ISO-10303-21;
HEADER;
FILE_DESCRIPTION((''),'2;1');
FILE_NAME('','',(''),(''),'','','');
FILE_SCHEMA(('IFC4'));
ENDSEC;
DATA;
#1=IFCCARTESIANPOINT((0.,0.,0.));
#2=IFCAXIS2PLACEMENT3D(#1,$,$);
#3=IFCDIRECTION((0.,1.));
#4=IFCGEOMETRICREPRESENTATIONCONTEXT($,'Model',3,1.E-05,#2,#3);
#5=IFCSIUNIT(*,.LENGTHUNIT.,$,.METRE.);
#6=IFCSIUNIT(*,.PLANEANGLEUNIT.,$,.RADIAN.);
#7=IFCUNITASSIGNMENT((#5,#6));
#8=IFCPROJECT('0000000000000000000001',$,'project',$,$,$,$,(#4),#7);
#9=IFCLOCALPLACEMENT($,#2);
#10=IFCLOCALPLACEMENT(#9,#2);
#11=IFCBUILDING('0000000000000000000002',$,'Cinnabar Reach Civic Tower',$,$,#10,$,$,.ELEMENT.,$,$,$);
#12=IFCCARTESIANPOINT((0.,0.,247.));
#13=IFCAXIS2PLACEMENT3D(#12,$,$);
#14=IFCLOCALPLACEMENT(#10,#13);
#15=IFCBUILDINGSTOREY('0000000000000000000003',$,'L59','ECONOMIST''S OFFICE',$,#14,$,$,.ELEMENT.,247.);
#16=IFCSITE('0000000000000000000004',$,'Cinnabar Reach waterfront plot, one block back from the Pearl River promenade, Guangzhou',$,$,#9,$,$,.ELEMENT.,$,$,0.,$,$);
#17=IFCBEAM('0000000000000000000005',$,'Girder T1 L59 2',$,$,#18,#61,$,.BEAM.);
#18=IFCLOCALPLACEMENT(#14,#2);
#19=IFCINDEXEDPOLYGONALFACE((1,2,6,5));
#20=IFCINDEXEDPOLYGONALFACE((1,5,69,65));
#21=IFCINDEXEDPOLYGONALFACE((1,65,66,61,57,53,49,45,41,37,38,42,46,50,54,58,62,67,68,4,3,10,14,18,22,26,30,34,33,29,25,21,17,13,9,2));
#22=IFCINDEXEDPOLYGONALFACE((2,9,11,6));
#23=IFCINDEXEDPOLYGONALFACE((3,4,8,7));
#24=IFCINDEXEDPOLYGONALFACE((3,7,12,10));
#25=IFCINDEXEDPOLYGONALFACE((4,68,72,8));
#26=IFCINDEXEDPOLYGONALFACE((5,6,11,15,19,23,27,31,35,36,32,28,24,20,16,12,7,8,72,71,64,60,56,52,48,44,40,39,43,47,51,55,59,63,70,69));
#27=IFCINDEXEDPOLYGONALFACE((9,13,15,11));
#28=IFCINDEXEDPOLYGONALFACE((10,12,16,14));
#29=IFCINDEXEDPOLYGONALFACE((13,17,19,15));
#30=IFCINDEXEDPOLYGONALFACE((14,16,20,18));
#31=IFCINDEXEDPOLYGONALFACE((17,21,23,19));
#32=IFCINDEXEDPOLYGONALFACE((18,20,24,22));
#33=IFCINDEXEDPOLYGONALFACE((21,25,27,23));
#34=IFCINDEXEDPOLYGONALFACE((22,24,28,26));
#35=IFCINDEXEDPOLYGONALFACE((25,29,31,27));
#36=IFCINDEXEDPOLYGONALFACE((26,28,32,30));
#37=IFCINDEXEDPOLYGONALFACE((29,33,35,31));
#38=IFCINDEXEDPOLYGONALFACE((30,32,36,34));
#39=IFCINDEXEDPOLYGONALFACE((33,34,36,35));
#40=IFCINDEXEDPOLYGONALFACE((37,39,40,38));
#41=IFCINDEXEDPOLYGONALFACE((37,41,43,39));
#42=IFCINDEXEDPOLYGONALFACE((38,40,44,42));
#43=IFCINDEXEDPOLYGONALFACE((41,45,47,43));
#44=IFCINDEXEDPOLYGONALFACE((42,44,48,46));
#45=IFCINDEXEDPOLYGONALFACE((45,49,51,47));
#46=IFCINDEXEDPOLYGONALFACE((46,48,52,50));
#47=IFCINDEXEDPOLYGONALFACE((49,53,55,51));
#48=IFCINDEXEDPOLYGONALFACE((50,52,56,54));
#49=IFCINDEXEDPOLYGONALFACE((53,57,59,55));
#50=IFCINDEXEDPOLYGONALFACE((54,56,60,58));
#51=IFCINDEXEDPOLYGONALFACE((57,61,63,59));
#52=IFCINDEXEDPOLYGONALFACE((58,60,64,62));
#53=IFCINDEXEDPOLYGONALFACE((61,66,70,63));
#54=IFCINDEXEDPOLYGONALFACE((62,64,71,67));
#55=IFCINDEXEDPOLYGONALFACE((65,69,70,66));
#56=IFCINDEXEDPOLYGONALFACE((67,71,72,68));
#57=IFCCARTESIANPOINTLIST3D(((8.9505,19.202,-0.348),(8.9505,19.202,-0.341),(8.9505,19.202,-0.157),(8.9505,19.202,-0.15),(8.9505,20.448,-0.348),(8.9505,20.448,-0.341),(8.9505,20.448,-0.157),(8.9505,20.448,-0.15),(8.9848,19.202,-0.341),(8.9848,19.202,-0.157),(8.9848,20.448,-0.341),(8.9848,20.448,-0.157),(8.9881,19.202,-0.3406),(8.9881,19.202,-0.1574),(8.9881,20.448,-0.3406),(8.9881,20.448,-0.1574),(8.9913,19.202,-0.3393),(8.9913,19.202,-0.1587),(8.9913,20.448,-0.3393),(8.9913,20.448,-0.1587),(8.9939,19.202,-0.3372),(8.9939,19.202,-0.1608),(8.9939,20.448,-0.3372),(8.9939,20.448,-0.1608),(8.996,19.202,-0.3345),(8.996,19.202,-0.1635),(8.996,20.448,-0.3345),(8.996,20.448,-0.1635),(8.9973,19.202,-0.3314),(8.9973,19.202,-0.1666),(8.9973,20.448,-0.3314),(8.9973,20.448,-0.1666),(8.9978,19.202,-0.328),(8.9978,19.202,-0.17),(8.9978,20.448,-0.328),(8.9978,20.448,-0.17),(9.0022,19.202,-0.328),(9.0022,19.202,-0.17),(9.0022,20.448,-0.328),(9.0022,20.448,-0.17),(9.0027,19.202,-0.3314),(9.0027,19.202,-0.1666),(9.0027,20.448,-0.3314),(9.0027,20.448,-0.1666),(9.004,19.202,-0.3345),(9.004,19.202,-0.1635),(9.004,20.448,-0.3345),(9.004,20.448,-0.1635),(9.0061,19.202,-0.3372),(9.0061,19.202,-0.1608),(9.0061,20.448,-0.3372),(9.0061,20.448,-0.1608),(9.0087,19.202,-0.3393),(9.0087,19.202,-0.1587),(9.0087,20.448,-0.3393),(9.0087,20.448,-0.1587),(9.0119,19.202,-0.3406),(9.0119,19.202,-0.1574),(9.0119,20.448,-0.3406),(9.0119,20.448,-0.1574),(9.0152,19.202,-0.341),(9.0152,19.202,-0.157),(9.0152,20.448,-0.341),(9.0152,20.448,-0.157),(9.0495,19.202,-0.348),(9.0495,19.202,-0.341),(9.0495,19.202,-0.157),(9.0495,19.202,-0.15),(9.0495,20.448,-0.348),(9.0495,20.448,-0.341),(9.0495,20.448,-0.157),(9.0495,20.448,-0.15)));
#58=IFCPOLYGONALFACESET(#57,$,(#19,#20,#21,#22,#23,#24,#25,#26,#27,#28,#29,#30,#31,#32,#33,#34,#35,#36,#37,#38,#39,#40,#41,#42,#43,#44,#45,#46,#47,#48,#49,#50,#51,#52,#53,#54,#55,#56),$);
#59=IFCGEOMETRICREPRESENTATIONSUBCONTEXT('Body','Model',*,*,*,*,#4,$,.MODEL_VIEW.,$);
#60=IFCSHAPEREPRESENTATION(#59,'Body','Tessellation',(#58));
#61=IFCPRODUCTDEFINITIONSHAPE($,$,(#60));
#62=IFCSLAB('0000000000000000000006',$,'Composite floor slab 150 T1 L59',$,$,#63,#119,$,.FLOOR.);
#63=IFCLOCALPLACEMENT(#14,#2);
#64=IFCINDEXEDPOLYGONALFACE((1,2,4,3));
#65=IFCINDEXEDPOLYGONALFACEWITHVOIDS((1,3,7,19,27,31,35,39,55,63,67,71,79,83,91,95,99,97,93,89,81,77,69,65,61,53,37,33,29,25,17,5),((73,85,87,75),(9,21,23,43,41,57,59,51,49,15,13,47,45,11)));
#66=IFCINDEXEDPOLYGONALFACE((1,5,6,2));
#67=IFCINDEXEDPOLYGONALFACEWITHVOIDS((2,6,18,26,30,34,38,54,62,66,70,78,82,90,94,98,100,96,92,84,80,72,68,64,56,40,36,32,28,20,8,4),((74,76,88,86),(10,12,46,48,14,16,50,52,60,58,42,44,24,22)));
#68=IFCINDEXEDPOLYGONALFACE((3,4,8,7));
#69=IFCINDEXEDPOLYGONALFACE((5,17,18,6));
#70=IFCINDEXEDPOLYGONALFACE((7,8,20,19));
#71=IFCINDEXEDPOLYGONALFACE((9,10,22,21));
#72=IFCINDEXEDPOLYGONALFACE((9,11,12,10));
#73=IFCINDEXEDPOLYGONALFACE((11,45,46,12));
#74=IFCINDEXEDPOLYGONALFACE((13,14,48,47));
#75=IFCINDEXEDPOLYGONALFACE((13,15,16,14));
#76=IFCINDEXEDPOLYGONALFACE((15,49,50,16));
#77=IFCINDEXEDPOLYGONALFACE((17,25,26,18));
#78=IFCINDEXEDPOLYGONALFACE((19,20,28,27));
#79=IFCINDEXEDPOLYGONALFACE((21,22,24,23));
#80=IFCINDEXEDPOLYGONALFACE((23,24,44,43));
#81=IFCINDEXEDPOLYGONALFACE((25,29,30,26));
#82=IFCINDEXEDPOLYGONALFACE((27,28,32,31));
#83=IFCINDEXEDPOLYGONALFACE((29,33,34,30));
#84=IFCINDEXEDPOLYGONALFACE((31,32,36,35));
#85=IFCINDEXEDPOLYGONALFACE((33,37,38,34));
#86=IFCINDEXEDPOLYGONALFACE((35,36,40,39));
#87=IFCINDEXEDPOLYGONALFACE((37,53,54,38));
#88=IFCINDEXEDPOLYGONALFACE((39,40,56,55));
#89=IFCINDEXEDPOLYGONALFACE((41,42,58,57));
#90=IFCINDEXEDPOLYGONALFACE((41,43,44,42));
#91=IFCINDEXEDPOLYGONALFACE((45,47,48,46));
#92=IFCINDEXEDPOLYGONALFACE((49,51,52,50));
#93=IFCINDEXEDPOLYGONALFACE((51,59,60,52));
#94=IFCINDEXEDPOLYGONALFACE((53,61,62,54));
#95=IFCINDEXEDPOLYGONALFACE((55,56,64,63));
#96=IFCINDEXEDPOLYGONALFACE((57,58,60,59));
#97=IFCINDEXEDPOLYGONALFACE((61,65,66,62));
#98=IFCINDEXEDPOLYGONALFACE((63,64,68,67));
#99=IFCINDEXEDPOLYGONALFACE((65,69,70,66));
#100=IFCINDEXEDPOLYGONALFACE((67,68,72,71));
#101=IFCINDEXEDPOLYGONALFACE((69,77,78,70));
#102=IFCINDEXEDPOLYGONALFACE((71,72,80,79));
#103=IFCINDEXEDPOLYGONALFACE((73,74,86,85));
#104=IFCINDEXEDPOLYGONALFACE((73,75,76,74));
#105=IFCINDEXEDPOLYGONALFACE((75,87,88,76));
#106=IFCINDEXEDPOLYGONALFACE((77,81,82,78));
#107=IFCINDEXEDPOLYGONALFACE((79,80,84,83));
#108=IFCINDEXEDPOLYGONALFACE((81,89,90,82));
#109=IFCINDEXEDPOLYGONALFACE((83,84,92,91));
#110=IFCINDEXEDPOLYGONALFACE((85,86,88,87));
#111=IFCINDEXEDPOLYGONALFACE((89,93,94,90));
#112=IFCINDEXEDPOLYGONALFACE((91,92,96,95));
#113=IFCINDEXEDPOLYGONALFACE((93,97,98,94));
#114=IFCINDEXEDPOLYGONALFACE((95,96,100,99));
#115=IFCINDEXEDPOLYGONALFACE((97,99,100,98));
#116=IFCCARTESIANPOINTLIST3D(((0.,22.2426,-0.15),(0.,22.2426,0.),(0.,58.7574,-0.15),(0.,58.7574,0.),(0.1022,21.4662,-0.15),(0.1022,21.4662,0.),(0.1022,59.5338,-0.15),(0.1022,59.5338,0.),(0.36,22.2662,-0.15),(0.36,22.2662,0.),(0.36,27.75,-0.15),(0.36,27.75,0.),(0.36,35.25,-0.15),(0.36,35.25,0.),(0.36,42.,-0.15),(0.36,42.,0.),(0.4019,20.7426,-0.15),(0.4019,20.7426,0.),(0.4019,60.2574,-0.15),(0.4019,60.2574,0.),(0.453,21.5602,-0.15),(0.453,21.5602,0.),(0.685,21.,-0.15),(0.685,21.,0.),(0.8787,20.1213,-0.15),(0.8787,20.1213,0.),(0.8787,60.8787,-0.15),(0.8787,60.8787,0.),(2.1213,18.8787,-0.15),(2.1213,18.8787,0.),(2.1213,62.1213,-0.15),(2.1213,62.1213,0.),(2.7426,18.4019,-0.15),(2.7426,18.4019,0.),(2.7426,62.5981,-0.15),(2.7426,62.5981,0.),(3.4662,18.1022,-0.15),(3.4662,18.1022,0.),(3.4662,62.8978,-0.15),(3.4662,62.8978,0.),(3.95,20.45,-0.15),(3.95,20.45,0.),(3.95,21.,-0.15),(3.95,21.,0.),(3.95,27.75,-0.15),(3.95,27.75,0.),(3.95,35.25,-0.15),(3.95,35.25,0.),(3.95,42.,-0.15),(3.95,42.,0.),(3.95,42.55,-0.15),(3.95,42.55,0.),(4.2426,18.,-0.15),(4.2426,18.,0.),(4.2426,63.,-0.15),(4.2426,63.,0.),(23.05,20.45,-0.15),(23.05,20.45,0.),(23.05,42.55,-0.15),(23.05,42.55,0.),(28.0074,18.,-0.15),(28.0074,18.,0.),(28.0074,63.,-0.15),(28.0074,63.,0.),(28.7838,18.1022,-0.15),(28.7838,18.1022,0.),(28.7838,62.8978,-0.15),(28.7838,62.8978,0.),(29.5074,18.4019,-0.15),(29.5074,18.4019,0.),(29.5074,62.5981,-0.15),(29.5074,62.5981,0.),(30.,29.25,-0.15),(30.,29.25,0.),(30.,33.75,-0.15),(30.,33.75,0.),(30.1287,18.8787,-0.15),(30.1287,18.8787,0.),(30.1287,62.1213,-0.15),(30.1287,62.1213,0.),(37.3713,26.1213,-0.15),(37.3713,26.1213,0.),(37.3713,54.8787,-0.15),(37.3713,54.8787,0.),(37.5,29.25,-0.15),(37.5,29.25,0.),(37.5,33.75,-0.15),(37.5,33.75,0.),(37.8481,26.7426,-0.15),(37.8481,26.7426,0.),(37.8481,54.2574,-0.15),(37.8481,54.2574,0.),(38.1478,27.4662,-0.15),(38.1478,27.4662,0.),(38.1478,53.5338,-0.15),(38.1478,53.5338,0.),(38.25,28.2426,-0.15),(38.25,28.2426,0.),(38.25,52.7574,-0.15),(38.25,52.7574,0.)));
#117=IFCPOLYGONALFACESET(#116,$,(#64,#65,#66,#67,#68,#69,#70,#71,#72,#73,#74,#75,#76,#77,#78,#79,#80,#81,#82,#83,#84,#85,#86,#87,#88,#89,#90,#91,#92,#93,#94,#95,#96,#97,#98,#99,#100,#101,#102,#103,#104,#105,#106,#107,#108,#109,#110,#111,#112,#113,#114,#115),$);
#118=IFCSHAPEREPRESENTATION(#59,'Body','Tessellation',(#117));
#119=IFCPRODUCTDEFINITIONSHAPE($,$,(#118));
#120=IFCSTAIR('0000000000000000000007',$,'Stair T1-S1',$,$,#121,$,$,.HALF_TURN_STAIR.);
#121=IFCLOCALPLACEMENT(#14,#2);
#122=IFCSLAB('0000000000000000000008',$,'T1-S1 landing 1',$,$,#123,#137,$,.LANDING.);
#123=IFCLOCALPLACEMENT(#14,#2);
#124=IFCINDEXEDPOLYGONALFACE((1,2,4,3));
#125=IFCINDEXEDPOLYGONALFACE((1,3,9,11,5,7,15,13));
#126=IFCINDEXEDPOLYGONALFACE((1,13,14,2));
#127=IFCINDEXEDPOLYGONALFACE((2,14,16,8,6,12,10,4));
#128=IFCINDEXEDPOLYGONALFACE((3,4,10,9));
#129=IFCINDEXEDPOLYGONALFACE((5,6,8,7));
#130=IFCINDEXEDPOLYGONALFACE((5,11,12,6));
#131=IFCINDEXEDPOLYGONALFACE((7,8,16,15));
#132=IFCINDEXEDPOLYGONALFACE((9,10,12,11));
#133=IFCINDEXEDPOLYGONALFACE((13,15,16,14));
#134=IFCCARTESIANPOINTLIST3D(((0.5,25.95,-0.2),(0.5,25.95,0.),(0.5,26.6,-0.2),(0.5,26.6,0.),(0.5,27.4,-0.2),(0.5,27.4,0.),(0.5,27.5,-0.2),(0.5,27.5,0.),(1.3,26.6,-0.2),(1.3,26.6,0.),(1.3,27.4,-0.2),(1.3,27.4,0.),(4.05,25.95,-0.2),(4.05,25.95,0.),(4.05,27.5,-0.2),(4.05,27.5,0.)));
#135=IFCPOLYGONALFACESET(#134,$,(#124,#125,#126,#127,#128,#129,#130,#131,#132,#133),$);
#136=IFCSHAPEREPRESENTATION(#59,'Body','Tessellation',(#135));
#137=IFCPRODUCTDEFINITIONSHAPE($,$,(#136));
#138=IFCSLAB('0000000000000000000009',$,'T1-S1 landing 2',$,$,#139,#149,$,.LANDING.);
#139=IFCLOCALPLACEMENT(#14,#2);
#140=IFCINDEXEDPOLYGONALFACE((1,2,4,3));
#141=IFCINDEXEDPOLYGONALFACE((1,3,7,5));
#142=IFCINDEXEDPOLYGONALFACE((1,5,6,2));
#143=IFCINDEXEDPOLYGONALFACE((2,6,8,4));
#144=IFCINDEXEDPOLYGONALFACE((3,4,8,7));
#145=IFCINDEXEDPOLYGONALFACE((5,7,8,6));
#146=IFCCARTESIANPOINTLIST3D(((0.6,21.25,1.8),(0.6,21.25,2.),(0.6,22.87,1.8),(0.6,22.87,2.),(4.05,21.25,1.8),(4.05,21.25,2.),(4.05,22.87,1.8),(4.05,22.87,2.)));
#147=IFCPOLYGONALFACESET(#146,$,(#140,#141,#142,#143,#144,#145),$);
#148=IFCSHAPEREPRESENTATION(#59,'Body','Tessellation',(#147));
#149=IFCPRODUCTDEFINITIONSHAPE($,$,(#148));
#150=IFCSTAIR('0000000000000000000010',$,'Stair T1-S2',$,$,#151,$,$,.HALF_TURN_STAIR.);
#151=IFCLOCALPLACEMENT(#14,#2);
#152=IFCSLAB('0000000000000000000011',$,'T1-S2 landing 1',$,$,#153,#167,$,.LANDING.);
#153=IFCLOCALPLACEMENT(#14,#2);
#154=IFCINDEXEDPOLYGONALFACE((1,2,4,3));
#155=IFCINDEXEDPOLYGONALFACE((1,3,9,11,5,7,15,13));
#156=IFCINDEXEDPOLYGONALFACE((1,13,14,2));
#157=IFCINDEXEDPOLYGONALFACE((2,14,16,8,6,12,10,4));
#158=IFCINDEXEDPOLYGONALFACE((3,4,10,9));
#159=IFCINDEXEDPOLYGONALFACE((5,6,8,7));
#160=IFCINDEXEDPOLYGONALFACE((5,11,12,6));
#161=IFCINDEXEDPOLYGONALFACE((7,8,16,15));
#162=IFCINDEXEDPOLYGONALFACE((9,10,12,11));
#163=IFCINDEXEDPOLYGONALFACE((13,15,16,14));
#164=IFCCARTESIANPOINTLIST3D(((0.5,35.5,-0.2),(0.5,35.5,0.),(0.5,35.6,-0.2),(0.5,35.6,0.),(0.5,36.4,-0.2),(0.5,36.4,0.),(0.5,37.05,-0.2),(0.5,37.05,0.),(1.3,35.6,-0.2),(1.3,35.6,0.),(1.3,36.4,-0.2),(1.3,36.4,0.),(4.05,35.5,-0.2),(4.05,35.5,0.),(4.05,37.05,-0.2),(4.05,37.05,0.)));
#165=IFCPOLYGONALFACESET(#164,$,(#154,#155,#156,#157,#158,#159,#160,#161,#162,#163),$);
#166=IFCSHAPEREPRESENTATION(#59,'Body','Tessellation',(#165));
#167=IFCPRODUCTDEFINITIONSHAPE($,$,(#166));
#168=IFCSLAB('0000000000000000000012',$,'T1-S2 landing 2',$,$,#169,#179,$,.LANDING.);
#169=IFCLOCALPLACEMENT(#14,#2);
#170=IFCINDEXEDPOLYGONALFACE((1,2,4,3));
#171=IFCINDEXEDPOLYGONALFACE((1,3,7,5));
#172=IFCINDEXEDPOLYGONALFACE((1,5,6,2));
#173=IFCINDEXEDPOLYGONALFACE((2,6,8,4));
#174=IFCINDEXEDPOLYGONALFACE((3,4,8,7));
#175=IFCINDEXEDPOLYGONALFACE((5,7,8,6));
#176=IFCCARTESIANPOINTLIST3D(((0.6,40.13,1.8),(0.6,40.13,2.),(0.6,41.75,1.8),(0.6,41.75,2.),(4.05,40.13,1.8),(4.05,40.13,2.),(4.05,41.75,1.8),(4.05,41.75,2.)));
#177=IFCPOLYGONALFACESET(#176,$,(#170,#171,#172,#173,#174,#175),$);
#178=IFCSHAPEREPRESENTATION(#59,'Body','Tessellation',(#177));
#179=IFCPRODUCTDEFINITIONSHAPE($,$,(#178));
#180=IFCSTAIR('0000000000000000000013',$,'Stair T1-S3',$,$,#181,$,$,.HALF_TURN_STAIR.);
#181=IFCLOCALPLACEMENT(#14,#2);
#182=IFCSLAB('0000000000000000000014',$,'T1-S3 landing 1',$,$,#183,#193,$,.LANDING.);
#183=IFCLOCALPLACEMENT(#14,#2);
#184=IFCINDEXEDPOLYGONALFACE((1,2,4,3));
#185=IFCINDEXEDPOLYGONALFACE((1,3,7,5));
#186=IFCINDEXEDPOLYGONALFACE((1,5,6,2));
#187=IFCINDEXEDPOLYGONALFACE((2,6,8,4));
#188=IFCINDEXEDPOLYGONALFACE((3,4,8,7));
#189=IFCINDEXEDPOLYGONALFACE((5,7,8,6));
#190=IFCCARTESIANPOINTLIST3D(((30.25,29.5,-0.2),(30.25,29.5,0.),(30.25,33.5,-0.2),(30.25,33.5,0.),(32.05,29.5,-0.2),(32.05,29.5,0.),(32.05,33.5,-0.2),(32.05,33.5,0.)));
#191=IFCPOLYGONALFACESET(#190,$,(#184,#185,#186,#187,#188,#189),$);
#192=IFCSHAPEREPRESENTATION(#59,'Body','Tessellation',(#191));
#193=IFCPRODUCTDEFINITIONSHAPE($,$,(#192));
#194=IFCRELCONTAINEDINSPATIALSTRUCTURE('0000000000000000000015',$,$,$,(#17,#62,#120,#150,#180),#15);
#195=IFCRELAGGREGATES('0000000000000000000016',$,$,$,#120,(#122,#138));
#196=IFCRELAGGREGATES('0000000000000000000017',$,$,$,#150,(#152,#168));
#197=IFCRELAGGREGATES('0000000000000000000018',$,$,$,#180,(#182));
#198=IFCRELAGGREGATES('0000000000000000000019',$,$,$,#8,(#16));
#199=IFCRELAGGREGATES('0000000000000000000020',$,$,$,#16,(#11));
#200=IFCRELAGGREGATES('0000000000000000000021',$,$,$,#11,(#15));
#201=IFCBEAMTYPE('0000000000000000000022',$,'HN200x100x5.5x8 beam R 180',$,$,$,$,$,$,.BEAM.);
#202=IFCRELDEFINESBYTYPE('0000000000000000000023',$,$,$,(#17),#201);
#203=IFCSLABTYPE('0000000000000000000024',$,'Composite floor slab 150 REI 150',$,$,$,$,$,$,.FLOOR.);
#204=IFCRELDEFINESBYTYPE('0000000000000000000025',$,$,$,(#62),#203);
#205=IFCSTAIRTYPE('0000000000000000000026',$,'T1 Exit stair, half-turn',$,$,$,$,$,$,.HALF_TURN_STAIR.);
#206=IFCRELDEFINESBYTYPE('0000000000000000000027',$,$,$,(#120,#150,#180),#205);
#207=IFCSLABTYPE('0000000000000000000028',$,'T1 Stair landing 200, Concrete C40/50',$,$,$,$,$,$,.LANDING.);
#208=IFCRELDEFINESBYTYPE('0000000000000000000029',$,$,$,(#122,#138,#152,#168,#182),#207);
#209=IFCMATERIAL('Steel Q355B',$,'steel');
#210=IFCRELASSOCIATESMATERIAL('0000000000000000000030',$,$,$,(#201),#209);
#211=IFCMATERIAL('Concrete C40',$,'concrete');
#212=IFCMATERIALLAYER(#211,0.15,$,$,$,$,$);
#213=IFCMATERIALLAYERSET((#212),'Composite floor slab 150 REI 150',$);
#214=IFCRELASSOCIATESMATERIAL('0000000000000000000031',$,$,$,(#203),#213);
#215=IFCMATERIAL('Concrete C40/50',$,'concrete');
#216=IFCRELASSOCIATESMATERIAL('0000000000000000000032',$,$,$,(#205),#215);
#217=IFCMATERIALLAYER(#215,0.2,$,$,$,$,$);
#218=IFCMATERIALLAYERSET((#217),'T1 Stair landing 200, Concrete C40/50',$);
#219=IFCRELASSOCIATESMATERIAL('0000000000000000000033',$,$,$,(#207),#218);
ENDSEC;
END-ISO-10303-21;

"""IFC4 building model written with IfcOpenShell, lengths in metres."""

from ifc_helpers import new_model, si_unit, direction, frame, origin, origin_2d, place, context, subcontext, project, spatial, polyline, i_section, outline, extrude, material, layer, layer_set, material_profile, profile_set, type_object, element, aggregate, save


model = new_model("IFC4")

# Units and contexts
model_context = context("Model", 3, precision=1e-05, world=origin(), true_north=direction((0.0, 1.0)))
body_context = subcontext(model_context, "Body", "Model", "MODEL_VIEW")
ifc_project = project(units=[si_unit("LENGTHUNIT", "METRE"), si_unit("PLANEANGLEUNIT", "RADIAN")], contexts=[model_context])

# Site, building, storey
site_placement = place(None, origin())
site = spatial("IfcSite", under=ifc_project, at=site_placement, Name="Cinnabar Reach waterfront plot, one block back from the Pearl River promenade, Guangzhou", CompositionType="ELEMENT", RefElevation=0.0)
building_placement = place(site_placement, origin())
building = spatial("IfcBuilding", under=site, at=building_placement, Name="Cinnabar Reach Civic Tower", CompositionType="ELEMENT")
storey_placement = place(building_placement, frame((0.0, 0.0, 247.0)))
storey = spatial("IfcBuildingStorey", under=building, at=storey_placement, Name="L59", Description="ECONOMIST'S OFFICE", CompositionType="ELEMENT", Elevation=247.0)

# Beam
ifc_material_1 = material(Name="Steel Q355B", Category="steel")
ifc_material_profile_1 = material_profile(ifc_material_1, i_section(OverallWidth=0.099, OverallDepth=0.198, WebThickness=0.0045, FlangeThickness=0.007, FilletRadius=0.013, at=origin_2d()), Name="HN200x100x5.5x8")
ifc_profile_set_1 = profile_set([ifc_material_profile_1], Name="Steel Q355B")
beam_type_1 = type_object("IfcBeamType", Name="HN200x100x5.5x8 beam R 180", PredefinedType="BEAM", material=ifc_profile_set_1)
beam_1_placement = place(storey_placement, frame((9.0, 19.202, -0.249), z_axis=(0.0, 1.0, 0.0), x_axis=(-1.0, 0.0, 0.0)))
element("IfcBeam", 1, at=beam_1_placement, inside=storey, type_object=beam_type_1, Name="Girder T1 L59 2", PredefinedType="BEAM", context=body_context, shape_type="SweptSolid", body=[
    extrude(i_section(OverallWidth=0.099, OverallDepth=0.198, WebThickness=0.0045, FlangeThickness=0.007, FilletRadius=0.013, at=origin_2d()), origin(), (0.0, 0.0, 1.0), 1.246),
])

# Slab
ifc_material_2 = material(Name="Concrete C40", Category="concrete")
ifc_layer_1 = layer(ifc_material_2, 0.15)
ifc_layer_set_1 = layer_set([ifc_layer_1], Name="Composite floor slab 150 REI 150")
slab_type_1 = type_object("IfcSlabType", Name="Composite floor slab 150 REI 150", PredefinedType="FLOOR", material=ifc_layer_set_1)
slab_1_placement = place(storey_placement, frame((0.0, 0.0, -0.15)))
element("IfcSlab", 2, at=slab_1_placement, inside=storey, type_object=slab_type_1, Name="Composite floor slab 150 T1 L59", PredefinedType="FLOOR", context=body_context, shape_type="SweptSolid", body=[
    extrude(outline(polyline([(0.8787, 20.1213), (0.4019, 20.7426), (0.1022, 21.4662), (0.0, 22.2426), (0.0, 58.7574), (0.1022, 59.5338), (0.4019, 60.2574), (0.8787, 60.8787), (2.1213, 62.1213), (2.7426, 62.5981), (3.4662, 62.8978), (4.2426, 63.0), (28.0074, 63.0), (28.7838, 62.8978), (29.5074, 62.5981), (30.1287, 62.1213), (37.3713, 54.8787), (37.8481, 54.2574), (38.1478, 53.5338), (38.25, 52.7574), (38.25, 28.2426), (38.1478, 27.4662), (37.8481, 26.7426), (37.3713, 26.1213), (30.1287, 18.8787), (29.5074, 18.4019), (28.7838, 18.1022), (28.0074, 18.0), (4.2426, 18.0), (3.4662, 18.1022), (2.7426, 18.4019), (2.1213, 18.8787), (0.8787, 20.1213)]), holes=[polyline([(0.685, 21.0), (3.95, 21.0), (3.95, 20.45), (23.05, 20.45), (23.05, 42.55), (3.95, 42.55), (3.95, 42.0), (0.36, 42.0), (0.36, 35.25), (3.95, 35.25), (3.95, 27.75), (0.36, 27.75), (0.36, 22.2662), (0.453, 21.5602), (0.685, 21.0)]), polyline([(30.0, 33.75), (30.0, 29.25), (37.5, 29.25), (37.5, 33.75), (30.0, 33.75)])]), origin(), (0.0, 0.0, 1.0), 0.15),
])

# Stairs, slabs
ifc_material_3 = material(Name="Concrete C40/50", Category="concrete")
stair_type = type_object("IfcStairType", Name="T1 Exit stair, half-turn", PredefinedType="HALF_TURN_STAIR", material=ifc_material_3)
stair_1_placement = place(storey_placement, origin())
stair_1 = element("IfcStair", 3, at=stair_1_placement, inside=storey, type_object=stair_type, Name="Stair T1-S1", PredefinedType="HALF_TURN_STAIR")
ifc_layer_2 = layer(ifc_material_3, 0.2)
ifc_layer_set_2 = layer_set([ifc_layer_2], Name="T1 Stair landing 200, Concrete C40/50")
slab_type_2 = type_object("IfcSlabType", Name="T1 Stair landing 200, Concrete C40/50", PredefinedType="LANDING", material=ifc_layer_set_2)
slab_2_placement = place(storey_placement, frame((0.0, 0.0, -0.2)))
slab_2 = element("IfcSlab", 4, at=slab_2_placement, type_object=slab_type_2, Name="T1-S1 landing 1", PredefinedType="LANDING", context=body_context, shape_type="SweptSolid", body=[
    extrude(outline(polyline([(0.5, 27.5), (4.05, 27.5), (4.05, 25.95), (0.5, 25.95), (0.5, 26.6), (1.3, 26.6), (1.3, 27.4), (0.5, 27.4), (0.5, 27.5)])), origin(), (0.0, 0.0, 1.0), 0.2),
])
slab_3_placement = place(storey_placement, frame((0.0, 0.0, 1.8)))
slab_3 = element("IfcSlab", 5, at=slab_3_placement, type_object=slab_type_2, Name="T1-S1 landing 2", PredefinedType="LANDING", context=body_context, shape_type="SweptSolid", body=[
    extrude(outline(polyline([(0.6, 21.25), (0.6, 22.87), (4.05, 22.87), (4.05, 21.25), (0.6, 21.25)])), origin(), (0.0, 0.0, 1.0), 0.2),
])
aggregate(stair_1, [slab_2, slab_3])
stair_2_placement = place(storey_placement, origin())
stair_2 = element("IfcStair", 6, at=stair_2_placement, inside=storey, type_object=stair_type, Name="Stair T1-S2", PredefinedType="HALF_TURN_STAIR")
slab_4_placement = place(storey_placement, frame((0.0, 0.0, -0.2)))
slab_4 = element("IfcSlab", 7, at=slab_4_placement, type_object=slab_type_2, Name="T1-S2 landing 1", PredefinedType="LANDING", context=body_context, shape_type="SweptSolid", body=[
    extrude(outline(polyline([(0.5, 37.05), (4.05, 37.05), (4.05, 35.5), (0.5, 35.5), (0.5, 35.6), (1.3, 35.6), (1.3, 36.4), (0.5, 36.4), (0.5, 37.05)])), origin(), (0.0, 0.0, 1.0), 0.2),
])
slab_5_placement = place(storey_placement, frame((0.0, 0.0, 1.8)))
slab_5 = element("IfcSlab", 8, at=slab_5_placement, type_object=slab_type_2, Name="T1-S2 landing 2", PredefinedType="LANDING", context=body_context, shape_type="SweptSolid", body=[
    extrude(outline(polyline([(0.6, 40.13), (0.6, 41.75), (4.05, 41.75), (4.05, 40.13), (0.6, 40.13)])), origin(), (0.0, 0.0, 1.0), 0.2),
])
aggregate(stair_2, [slab_4, slab_5])
stair_3_placement = place(storey_placement, origin())
stair_3 = element("IfcStair", 9, at=stair_3_placement, inside=storey, type_object=stair_type, Name="Stair T1-S3", PredefinedType="HALF_TURN_STAIR")
slab_6_placement = place(storey_placement, frame((0.0, 0.0, -0.2)))
slab_6 = element("IfcSlab", 10, at=slab_6_placement, type_object=slab_type_2, Name="T1-S3 landing 1", PredefinedType="LANDING", context=body_context, shape_type="SweptSolid", body=[
    extrude(outline(polyline([(30.25, 29.5), (32.05, 29.5), (32.05, 33.5), (30.25, 33.5), (30.25, 29.5)])), origin(), (0.0, 0.0, 1.0), 0.2),
])
aggregate(stair_3, [slab_6])

save(model, "model.ifc")
